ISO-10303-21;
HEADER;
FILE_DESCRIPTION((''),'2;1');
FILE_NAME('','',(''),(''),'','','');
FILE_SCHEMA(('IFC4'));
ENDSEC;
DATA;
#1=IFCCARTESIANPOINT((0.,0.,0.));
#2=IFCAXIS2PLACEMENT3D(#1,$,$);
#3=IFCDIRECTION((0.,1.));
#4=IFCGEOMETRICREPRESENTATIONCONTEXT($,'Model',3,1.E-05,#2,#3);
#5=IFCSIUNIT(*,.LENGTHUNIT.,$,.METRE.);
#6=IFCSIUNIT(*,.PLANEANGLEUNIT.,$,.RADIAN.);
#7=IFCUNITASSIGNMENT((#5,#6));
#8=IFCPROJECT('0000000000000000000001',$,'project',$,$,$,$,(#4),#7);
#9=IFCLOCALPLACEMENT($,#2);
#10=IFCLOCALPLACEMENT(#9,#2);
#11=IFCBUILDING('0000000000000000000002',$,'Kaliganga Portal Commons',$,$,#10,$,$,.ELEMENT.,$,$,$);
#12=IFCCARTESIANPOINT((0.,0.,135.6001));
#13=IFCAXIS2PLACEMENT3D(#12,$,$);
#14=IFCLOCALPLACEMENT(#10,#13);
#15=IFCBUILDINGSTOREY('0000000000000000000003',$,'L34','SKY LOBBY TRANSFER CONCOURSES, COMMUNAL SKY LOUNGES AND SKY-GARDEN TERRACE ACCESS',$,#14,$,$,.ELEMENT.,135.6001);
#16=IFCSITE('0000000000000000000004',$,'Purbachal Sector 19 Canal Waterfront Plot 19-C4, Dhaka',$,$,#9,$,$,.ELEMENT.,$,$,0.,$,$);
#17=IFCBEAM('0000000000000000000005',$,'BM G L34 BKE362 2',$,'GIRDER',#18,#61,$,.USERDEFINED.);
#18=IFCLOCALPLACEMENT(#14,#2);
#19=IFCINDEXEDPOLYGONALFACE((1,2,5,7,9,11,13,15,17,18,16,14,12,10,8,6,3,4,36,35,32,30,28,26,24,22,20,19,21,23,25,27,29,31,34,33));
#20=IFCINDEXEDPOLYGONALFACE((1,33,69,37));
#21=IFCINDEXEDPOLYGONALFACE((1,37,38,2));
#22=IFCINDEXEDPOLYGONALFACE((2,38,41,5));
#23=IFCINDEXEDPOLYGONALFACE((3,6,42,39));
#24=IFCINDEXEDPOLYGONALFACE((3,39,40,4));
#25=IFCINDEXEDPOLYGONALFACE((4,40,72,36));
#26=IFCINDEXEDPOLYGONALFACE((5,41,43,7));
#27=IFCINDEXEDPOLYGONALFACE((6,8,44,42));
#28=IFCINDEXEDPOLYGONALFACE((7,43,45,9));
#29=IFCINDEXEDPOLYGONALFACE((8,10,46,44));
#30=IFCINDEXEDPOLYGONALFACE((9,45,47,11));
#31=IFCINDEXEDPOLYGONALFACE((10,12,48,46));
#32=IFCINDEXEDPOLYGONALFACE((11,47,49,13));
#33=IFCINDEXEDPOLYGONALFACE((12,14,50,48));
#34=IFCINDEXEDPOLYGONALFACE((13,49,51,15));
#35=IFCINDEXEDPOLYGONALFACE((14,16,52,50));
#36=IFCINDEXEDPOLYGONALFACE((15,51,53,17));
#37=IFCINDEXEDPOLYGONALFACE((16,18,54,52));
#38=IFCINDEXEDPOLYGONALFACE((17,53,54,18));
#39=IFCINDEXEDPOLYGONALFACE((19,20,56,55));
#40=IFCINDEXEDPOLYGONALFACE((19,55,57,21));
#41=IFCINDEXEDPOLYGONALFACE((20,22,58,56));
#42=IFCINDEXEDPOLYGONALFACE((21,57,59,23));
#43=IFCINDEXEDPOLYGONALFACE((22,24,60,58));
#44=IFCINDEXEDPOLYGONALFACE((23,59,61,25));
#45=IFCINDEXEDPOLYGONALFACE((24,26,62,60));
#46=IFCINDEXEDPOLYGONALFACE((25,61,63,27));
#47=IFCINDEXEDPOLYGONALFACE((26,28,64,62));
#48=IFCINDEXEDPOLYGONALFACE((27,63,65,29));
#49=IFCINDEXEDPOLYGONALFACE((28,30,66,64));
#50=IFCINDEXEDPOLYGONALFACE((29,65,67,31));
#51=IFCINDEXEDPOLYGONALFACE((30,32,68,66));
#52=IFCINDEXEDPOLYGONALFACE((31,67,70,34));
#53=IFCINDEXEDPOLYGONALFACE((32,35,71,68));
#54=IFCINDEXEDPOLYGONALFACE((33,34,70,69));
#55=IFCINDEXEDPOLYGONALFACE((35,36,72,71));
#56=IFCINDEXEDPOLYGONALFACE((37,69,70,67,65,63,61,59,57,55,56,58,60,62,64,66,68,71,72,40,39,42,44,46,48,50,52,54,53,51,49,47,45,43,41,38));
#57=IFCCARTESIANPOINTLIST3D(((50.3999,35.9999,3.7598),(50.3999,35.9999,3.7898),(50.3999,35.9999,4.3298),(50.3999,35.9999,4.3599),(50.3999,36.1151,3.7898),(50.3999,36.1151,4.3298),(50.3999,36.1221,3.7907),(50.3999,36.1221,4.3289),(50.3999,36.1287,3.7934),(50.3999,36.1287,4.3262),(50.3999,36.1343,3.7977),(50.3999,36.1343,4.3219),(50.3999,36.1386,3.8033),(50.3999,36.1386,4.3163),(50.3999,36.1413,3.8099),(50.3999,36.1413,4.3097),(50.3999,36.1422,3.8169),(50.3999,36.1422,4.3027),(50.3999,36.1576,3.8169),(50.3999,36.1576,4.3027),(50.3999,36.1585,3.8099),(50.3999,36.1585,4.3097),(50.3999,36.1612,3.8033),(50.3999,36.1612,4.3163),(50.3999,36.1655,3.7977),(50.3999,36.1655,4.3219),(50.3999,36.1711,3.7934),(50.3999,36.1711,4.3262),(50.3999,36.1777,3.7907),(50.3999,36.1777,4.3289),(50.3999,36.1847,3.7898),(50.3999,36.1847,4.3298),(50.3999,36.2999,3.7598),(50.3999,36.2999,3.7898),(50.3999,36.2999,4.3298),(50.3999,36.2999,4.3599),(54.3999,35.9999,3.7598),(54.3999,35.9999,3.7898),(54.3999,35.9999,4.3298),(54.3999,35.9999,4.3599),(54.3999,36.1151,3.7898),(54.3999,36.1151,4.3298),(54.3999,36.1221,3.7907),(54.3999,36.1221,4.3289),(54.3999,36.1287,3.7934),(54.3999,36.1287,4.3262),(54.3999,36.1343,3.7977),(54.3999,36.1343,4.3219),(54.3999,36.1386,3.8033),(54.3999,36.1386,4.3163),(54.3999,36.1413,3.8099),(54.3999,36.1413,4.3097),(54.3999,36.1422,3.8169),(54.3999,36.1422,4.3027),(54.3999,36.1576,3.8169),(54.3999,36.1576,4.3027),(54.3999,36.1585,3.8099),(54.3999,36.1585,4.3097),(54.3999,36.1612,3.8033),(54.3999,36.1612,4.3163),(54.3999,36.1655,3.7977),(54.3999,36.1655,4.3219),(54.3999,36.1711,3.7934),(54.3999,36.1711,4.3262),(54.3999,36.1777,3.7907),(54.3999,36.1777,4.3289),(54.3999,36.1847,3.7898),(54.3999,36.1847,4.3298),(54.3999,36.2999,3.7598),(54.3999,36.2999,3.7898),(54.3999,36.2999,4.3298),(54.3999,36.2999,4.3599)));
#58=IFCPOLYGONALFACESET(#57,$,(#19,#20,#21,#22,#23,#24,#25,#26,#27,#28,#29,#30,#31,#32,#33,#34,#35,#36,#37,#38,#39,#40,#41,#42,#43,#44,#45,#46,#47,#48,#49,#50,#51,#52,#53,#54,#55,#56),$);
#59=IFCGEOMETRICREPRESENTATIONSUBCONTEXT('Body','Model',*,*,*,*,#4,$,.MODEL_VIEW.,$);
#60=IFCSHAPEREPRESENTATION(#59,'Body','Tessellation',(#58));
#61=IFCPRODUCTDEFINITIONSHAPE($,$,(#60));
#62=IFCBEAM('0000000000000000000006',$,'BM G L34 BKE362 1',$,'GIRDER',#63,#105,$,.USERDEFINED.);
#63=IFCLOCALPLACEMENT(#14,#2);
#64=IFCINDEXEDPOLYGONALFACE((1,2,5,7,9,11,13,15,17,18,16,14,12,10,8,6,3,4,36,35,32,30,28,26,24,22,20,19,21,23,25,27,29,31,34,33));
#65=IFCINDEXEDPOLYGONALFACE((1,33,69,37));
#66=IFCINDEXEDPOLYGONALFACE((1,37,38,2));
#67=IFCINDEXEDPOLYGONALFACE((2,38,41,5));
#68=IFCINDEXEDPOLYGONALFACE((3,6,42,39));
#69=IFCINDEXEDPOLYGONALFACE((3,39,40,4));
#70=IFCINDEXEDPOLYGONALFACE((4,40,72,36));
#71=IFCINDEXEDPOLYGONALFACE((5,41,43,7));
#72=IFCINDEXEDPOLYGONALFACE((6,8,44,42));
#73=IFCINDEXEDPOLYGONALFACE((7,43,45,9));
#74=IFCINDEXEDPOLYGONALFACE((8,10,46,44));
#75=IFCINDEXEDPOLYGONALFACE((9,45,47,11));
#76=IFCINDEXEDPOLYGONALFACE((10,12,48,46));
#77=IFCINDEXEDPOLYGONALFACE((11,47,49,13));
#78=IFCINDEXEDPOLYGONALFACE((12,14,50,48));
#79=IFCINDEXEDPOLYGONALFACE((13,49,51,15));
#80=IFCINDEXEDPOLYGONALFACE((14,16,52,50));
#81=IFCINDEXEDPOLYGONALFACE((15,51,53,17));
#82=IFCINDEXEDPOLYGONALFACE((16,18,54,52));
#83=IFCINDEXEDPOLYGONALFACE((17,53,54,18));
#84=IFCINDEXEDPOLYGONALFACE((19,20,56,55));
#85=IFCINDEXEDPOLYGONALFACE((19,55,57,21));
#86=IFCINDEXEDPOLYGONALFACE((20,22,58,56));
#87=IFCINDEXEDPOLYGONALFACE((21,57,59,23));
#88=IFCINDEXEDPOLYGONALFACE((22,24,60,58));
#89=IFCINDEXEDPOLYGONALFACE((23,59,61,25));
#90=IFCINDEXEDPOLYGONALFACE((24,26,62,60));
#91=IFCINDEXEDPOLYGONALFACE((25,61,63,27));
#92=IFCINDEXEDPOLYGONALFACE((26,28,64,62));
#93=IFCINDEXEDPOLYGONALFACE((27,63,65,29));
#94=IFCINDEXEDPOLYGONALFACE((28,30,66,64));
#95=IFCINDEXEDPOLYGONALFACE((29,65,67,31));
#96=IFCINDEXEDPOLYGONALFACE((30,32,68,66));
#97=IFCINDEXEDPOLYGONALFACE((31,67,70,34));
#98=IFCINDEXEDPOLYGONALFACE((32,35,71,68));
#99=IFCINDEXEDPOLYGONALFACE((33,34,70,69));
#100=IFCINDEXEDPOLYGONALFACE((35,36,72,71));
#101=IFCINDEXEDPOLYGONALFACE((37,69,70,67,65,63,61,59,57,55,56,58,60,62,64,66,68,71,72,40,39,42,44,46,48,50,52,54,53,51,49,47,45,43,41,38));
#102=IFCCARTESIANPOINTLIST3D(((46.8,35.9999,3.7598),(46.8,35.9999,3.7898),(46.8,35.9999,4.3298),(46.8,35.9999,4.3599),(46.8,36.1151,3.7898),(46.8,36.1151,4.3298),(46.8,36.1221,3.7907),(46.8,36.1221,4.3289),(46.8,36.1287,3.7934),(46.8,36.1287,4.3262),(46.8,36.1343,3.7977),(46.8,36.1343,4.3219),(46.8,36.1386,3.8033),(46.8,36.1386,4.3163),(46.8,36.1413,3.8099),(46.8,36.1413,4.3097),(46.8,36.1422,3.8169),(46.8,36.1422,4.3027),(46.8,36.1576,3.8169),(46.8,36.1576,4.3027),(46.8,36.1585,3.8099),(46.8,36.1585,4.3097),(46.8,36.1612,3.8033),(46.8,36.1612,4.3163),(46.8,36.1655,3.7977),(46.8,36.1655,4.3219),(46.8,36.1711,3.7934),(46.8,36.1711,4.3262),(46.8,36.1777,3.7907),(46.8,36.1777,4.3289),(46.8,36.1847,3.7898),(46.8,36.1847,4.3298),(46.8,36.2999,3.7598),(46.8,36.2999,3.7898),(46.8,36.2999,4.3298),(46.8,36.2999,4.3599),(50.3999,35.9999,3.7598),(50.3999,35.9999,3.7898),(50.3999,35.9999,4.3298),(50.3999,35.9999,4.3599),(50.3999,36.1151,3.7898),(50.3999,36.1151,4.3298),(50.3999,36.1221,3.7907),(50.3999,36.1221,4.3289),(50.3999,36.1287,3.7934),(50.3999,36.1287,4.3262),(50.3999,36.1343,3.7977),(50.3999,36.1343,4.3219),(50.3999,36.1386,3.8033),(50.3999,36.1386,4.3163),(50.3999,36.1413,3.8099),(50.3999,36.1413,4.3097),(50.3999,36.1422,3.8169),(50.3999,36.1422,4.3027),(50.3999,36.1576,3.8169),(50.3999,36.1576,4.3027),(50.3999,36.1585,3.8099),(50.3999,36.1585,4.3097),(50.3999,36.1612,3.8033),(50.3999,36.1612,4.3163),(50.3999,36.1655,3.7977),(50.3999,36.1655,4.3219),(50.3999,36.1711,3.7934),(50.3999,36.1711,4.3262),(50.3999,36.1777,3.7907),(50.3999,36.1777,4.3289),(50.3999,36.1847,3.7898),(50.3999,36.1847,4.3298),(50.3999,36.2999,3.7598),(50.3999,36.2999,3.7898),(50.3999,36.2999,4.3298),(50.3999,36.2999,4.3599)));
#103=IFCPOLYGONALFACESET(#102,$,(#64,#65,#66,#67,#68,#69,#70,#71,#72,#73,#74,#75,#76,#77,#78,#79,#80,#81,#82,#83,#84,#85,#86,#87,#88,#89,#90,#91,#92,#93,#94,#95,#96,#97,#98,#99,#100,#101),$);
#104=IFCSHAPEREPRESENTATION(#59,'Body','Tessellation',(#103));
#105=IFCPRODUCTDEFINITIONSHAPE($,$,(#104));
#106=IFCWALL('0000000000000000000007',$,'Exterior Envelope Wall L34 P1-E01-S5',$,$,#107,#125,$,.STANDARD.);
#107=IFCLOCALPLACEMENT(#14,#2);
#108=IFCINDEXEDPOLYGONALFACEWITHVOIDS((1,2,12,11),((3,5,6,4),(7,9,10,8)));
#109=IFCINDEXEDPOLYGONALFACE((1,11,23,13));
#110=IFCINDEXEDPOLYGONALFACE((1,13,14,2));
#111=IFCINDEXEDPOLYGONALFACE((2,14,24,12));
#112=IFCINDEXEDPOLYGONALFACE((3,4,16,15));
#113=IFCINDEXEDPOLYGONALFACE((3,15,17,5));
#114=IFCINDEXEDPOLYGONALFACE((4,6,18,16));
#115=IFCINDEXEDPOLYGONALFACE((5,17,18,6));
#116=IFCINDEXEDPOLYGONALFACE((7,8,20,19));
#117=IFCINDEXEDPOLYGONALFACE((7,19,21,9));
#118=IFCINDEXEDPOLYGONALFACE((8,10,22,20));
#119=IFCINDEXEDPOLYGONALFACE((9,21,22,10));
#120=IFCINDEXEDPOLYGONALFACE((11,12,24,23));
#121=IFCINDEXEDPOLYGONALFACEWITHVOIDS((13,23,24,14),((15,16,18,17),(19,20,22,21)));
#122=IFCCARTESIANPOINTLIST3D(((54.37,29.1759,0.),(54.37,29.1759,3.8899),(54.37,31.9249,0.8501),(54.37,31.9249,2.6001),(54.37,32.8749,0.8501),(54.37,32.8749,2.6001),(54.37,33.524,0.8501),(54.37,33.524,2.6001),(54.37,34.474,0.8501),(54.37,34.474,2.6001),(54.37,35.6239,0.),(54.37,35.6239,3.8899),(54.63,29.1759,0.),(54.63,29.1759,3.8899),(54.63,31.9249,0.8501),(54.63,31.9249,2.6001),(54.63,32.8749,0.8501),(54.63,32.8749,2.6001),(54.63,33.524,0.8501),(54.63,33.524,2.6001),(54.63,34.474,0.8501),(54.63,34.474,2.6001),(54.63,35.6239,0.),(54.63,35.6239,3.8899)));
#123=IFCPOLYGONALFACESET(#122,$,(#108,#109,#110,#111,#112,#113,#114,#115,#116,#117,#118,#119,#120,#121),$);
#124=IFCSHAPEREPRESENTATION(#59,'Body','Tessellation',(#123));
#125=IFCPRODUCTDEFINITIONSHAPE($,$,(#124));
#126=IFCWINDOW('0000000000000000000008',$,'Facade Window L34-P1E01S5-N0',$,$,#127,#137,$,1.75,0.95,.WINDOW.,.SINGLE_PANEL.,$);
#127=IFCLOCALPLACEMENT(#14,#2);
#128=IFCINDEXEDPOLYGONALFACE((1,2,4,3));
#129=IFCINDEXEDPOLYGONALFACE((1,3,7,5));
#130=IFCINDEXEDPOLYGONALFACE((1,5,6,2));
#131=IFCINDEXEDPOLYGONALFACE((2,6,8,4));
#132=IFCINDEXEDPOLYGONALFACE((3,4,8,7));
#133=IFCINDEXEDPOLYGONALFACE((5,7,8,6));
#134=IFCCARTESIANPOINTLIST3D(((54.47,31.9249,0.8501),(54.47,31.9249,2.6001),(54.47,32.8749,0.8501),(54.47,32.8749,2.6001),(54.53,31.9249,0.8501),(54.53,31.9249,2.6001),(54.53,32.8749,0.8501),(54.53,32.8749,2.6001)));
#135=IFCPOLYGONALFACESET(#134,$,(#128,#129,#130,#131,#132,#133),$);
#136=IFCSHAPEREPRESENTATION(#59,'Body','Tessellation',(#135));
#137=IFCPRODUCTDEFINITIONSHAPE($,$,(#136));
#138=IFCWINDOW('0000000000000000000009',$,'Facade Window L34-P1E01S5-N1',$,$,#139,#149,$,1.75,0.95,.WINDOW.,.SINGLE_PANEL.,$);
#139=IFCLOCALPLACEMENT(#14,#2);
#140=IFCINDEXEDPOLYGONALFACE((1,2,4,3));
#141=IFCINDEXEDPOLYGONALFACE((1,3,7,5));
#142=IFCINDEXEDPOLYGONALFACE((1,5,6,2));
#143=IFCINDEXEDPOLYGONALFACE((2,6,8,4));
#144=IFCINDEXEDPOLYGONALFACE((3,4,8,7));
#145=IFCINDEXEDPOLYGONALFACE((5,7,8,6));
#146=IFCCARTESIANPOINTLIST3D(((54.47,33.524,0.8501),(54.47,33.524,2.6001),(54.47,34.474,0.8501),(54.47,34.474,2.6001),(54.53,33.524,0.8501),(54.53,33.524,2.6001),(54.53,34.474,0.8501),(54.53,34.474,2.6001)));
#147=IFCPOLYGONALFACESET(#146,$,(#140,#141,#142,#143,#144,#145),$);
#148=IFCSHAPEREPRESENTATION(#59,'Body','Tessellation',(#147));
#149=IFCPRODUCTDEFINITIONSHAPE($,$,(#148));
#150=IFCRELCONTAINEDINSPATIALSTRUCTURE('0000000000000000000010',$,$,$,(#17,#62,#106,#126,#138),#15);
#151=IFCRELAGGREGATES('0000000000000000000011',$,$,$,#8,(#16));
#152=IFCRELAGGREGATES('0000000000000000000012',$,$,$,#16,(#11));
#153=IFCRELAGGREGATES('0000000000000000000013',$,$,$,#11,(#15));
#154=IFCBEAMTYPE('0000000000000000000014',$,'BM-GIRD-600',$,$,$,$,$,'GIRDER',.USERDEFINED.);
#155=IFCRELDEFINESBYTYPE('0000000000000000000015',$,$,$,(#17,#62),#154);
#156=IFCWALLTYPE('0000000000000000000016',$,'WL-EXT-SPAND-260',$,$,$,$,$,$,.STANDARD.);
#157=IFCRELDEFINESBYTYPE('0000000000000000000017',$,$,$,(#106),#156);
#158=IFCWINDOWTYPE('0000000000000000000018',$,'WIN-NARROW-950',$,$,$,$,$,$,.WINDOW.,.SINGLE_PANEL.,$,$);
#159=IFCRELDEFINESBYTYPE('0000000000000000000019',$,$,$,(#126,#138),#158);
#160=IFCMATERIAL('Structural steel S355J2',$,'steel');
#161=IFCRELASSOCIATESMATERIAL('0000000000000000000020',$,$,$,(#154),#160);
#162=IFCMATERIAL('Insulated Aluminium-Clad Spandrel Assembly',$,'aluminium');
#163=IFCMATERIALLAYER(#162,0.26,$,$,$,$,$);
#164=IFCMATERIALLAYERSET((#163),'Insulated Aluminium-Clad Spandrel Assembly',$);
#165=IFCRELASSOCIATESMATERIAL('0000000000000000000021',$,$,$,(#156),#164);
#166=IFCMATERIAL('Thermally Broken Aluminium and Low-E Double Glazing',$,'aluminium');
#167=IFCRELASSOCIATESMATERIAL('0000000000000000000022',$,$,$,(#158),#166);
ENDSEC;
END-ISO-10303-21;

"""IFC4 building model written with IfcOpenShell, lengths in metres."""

from ifc_helpers import new_model, si_unit, direction, frame, frame_2d, origin, origin_2d, place, context, subcontext, project, spatial, rectangle, i_section, extrude, source, transform, mapped, material, layer, layer_set, material_profile, profile_set, type_object, element, fill, save


model = new_model("IFC4")

# Units and contexts
model_context = context("Model", 3, precision=1e-05, world=origin(), true_north=direction((0.0, 1.0)))
body_context = subcontext(model_context, "Body", "Model", "MODEL_VIEW")
ifc_project = project(units=[si_unit("LENGTHUNIT", "METRE"), si_unit("PLANEANGLEUNIT", "RADIAN")], contexts=[model_context])

# Site, building, storey
site_placement = place(None, origin())
site = spatial("IfcSite", under=ifc_project, at=site_placement, Name="Purbachal Sector 19 Canal Waterfront Plot 19-C4, Dhaka", CompositionType="ELEMENT", RefElevation=0.0)
building_placement = place(site_placement, origin())
building = spatial("IfcBuilding", under=site, at=building_placement, Name="Kaliganga Portal Commons", CompositionType="ELEMENT")
storey_placement = place(building_placement, frame((0.0, 0.0, 135.6001)))
storey = spatial("IfcBuildingStorey", under=building, at=storey_placement, Name="L34", Description="SKY LOBBY TRANSFER CONCOURSES, COMMUNAL SKY LOUNGES AND SKY-GARDEN TERRACE ACCESS", CompositionType="ELEMENT", Elevation=135.6001)

# Beams
ifc_material_1 = material(Name="Structural steel S355J2", Category="steel")
ifc_material_profile_1 = material_profile(ifc_material_1, i_section(OverallWidth=0.3, OverallDepth=0.6001, WebThickness=0.0154, FlangeThickness=0.03, FilletRadius=0.0271, at=origin_2d()), Name="HE 600 B")
ifc_profile_set_1 = profile_set([ifc_material_profile_1], Name="Structural steel S355J2 wide-flange")
beam_type_1 = type_object("IfcBeamType", Name="BM-GIRD-600", ElementType="GIRDER", PredefinedType="USERDEFINED", material=ifc_profile_set_1)
shared_shape_1 = source(origin(), body_context, "Body", "SweptSolid", [
    extrude(i_section(OverallWidth=0.3, OverallDepth=0.6001, WebThickness=0.0154, FlangeThickness=0.03, FilletRadius=0.0271, at=origin_2d()), origin(), (0.0, 0.0, 1.0), 4.0),
])
beam_1_placement = place(storey_placement, frame((50.3999, 36.1499, 4.0598), z_axis=(1.0, 0.0, 0.0), x_axis=(0.0, 1.0, 0.0)))
element("IfcBeam", 1, at=beam_1_placement, inside=storey, type_object=beam_type_1, Name="BM G L34 BKE362 2", ObjectType="GIRDER", PredefinedType="USERDEFINED", context=body_context, shape_type="MappedRepresentation", body=[
    mapped(shared_shape_1, transform((0.0, 0.0, 0.0), x_axis=(1.0, 0.0, 0.0), y_axis=(0.0, 1.0, 0.0), z_axis=(0.0, 0.0, 1.0), scale=1.0)),
])
shared_shape_2 = source(origin(), body_context, "Body", "SweptSolid", [
    extrude(i_section(OverallWidth=0.3, OverallDepth=0.6001, WebThickness=0.0154, FlangeThickness=0.03, FilletRadius=0.0271, at=origin_2d()), origin(), (0.0, 0.0, 1.0), 3.5999),
])
beam_2_placement = place(storey_placement, frame((46.8, 36.1499, 4.0598), z_axis=(1.0, 0.0, 0.0), x_axis=(0.0, 1.0, 0.0)))
element("IfcBeam", 2, at=beam_2_placement, inside=storey, type_object=beam_type_1, Name="BM G L34 BKE362 1", ObjectType="GIRDER", PredefinedType="USERDEFINED", context=body_context, shape_type="MappedRepresentation", body=[
    mapped(shared_shape_2, transform((0.0, 0.0, 0.0), x_axis=(1.0, 0.0, 0.0), y_axis=(0.0, 1.0, 0.0), z_axis=(0.0, 0.0, 1.0), scale=1.0)),
])

# Wall, openings, windows
ifc_material_2 = material(Name="Insulated Aluminium-Clad Spandrel Assembly", Category="aluminium")
ifc_layer_1 = layer(ifc_material_2, 0.26)
ifc_layer_set_1 = layer_set([ifc_layer_1], Name="Insulated Aluminium-Clad Spandrel Assembly")
wall_type_1 = type_object("IfcWallType", Name="WL-EXT-SPAND-260", PredefinedType="STANDARD", material=ifc_layer_set_1)
wall_1_placement = place(storey_placement, frame((54.5, 35.624, 0.0), z_axis=(0.0, 0.0, 1.0), x_axis=(0.0, -1.0, 0.0)))
wall_1 = element("IfcWall", 3, at=wall_1_placement, inside=storey, type_object=wall_type_1, Name="Exterior Envelope Wall L34 P1-E01-S5", PredefinedType="STANDARD", context=body_context, shape_type="SweptSolid", body=[
    extrude(rectangle(XDim=6.448, YDim=0.26, at=frame_2d((3.2241, 0.0))), origin(), (0.0, 0.0, 1.0), 3.8899),
])
opening_1_placement = place(wall_1_placement, frame((2.749, 0.0, 0.8501)))
opening_1 = element("IfcOpeningElement", 4, at=opening_1_placement, cuts=wall_1, PredefinedType="OPENING", context=body_context, shape_type="SweptSolid", body=[
    extrude(rectangle(XDim=0.95, YDim=1.75, at=frame_2d((0.4751, 0.875))), frame((0.0, 0.1401, 0.0), z_axis=(0.0, -1.0, 0.0), x_axis=(1.0, 0.0, 0.0)), (0.0, 0.0, 1.0), 0.28),
])
opening_2_placement = place(wall_1_placement, frame((1.1499, 0.0, 0.8501)))
opening_2 = element("IfcOpeningElement", 5, at=opening_2_placement, cuts=wall_1, PredefinedType="OPENING", context=body_context, shape_type="SweptSolid", body=[
    extrude(rectangle(XDim=0.95, YDim=1.75, at=frame_2d((0.4751, 0.875))), frame((0.0, 0.1401, 0.0), z_axis=(0.0, -1.0, 0.0), x_axis=(1.0, 0.0, 0.0)), (0.0, 0.0, 1.0), 0.28),
])
ifc_material_3 = material(Name="Thermally Broken Aluminium and Low-E Double Glazing", Category="aluminium")
window_type = type_object("IfcWindowType", Name="WIN-NARROW-950", PartitioningType="SINGLE_PANEL", PredefinedType="WINDOW", material=ifc_material_3)
window_1_placement = place(opening_1_placement, origin())
window_1 = element("IfcWindow", 6, at=window_1_placement, inside=storey, type_object=window_type, Name="Facade Window L34-P1E01S5-N0", OverallHeight=1.75, OverallWidth=0.95, PartitioningType="SINGLE_PANEL", PredefinedType="WINDOW", context=body_context, shape_type="SweptSolid", body=[
    extrude(rectangle(XDim=0.95, YDim=1.75, at=frame_2d((0.4751, 0.875))), frame((0.0, 0.03, 0.0), z_axis=(0.0, -1.0, 0.0), x_axis=(1.0, 0.0, 0.0)), (0.0, 0.0, 1.0), 0.0601),
])
fill(opening_1, window_1)
window_2_placement = place(opening_2_placement, origin())
window_2 = element("IfcWindow", 7, at=window_2_placement, inside=storey, type_object=window_type, Name="Facade Window L34-P1E01S5-N1", OverallHeight=1.75, OverallWidth=0.95, PartitioningType="SINGLE_PANEL", PredefinedType="WINDOW", context=body_context, shape_type="SweptSolid", body=[
    extrude(rectangle(XDim=0.95, YDim=1.75, at=frame_2d((0.4751, 0.875))), frame((0.0, 0.03, 0.0), z_axis=(0.0, -1.0, 0.0), x_axis=(1.0, 0.0, 0.0)), (0.0, 0.0, 1.0), 0.0601),
])
fill(opening_2, window_2)

save(model, "model.ifc")
